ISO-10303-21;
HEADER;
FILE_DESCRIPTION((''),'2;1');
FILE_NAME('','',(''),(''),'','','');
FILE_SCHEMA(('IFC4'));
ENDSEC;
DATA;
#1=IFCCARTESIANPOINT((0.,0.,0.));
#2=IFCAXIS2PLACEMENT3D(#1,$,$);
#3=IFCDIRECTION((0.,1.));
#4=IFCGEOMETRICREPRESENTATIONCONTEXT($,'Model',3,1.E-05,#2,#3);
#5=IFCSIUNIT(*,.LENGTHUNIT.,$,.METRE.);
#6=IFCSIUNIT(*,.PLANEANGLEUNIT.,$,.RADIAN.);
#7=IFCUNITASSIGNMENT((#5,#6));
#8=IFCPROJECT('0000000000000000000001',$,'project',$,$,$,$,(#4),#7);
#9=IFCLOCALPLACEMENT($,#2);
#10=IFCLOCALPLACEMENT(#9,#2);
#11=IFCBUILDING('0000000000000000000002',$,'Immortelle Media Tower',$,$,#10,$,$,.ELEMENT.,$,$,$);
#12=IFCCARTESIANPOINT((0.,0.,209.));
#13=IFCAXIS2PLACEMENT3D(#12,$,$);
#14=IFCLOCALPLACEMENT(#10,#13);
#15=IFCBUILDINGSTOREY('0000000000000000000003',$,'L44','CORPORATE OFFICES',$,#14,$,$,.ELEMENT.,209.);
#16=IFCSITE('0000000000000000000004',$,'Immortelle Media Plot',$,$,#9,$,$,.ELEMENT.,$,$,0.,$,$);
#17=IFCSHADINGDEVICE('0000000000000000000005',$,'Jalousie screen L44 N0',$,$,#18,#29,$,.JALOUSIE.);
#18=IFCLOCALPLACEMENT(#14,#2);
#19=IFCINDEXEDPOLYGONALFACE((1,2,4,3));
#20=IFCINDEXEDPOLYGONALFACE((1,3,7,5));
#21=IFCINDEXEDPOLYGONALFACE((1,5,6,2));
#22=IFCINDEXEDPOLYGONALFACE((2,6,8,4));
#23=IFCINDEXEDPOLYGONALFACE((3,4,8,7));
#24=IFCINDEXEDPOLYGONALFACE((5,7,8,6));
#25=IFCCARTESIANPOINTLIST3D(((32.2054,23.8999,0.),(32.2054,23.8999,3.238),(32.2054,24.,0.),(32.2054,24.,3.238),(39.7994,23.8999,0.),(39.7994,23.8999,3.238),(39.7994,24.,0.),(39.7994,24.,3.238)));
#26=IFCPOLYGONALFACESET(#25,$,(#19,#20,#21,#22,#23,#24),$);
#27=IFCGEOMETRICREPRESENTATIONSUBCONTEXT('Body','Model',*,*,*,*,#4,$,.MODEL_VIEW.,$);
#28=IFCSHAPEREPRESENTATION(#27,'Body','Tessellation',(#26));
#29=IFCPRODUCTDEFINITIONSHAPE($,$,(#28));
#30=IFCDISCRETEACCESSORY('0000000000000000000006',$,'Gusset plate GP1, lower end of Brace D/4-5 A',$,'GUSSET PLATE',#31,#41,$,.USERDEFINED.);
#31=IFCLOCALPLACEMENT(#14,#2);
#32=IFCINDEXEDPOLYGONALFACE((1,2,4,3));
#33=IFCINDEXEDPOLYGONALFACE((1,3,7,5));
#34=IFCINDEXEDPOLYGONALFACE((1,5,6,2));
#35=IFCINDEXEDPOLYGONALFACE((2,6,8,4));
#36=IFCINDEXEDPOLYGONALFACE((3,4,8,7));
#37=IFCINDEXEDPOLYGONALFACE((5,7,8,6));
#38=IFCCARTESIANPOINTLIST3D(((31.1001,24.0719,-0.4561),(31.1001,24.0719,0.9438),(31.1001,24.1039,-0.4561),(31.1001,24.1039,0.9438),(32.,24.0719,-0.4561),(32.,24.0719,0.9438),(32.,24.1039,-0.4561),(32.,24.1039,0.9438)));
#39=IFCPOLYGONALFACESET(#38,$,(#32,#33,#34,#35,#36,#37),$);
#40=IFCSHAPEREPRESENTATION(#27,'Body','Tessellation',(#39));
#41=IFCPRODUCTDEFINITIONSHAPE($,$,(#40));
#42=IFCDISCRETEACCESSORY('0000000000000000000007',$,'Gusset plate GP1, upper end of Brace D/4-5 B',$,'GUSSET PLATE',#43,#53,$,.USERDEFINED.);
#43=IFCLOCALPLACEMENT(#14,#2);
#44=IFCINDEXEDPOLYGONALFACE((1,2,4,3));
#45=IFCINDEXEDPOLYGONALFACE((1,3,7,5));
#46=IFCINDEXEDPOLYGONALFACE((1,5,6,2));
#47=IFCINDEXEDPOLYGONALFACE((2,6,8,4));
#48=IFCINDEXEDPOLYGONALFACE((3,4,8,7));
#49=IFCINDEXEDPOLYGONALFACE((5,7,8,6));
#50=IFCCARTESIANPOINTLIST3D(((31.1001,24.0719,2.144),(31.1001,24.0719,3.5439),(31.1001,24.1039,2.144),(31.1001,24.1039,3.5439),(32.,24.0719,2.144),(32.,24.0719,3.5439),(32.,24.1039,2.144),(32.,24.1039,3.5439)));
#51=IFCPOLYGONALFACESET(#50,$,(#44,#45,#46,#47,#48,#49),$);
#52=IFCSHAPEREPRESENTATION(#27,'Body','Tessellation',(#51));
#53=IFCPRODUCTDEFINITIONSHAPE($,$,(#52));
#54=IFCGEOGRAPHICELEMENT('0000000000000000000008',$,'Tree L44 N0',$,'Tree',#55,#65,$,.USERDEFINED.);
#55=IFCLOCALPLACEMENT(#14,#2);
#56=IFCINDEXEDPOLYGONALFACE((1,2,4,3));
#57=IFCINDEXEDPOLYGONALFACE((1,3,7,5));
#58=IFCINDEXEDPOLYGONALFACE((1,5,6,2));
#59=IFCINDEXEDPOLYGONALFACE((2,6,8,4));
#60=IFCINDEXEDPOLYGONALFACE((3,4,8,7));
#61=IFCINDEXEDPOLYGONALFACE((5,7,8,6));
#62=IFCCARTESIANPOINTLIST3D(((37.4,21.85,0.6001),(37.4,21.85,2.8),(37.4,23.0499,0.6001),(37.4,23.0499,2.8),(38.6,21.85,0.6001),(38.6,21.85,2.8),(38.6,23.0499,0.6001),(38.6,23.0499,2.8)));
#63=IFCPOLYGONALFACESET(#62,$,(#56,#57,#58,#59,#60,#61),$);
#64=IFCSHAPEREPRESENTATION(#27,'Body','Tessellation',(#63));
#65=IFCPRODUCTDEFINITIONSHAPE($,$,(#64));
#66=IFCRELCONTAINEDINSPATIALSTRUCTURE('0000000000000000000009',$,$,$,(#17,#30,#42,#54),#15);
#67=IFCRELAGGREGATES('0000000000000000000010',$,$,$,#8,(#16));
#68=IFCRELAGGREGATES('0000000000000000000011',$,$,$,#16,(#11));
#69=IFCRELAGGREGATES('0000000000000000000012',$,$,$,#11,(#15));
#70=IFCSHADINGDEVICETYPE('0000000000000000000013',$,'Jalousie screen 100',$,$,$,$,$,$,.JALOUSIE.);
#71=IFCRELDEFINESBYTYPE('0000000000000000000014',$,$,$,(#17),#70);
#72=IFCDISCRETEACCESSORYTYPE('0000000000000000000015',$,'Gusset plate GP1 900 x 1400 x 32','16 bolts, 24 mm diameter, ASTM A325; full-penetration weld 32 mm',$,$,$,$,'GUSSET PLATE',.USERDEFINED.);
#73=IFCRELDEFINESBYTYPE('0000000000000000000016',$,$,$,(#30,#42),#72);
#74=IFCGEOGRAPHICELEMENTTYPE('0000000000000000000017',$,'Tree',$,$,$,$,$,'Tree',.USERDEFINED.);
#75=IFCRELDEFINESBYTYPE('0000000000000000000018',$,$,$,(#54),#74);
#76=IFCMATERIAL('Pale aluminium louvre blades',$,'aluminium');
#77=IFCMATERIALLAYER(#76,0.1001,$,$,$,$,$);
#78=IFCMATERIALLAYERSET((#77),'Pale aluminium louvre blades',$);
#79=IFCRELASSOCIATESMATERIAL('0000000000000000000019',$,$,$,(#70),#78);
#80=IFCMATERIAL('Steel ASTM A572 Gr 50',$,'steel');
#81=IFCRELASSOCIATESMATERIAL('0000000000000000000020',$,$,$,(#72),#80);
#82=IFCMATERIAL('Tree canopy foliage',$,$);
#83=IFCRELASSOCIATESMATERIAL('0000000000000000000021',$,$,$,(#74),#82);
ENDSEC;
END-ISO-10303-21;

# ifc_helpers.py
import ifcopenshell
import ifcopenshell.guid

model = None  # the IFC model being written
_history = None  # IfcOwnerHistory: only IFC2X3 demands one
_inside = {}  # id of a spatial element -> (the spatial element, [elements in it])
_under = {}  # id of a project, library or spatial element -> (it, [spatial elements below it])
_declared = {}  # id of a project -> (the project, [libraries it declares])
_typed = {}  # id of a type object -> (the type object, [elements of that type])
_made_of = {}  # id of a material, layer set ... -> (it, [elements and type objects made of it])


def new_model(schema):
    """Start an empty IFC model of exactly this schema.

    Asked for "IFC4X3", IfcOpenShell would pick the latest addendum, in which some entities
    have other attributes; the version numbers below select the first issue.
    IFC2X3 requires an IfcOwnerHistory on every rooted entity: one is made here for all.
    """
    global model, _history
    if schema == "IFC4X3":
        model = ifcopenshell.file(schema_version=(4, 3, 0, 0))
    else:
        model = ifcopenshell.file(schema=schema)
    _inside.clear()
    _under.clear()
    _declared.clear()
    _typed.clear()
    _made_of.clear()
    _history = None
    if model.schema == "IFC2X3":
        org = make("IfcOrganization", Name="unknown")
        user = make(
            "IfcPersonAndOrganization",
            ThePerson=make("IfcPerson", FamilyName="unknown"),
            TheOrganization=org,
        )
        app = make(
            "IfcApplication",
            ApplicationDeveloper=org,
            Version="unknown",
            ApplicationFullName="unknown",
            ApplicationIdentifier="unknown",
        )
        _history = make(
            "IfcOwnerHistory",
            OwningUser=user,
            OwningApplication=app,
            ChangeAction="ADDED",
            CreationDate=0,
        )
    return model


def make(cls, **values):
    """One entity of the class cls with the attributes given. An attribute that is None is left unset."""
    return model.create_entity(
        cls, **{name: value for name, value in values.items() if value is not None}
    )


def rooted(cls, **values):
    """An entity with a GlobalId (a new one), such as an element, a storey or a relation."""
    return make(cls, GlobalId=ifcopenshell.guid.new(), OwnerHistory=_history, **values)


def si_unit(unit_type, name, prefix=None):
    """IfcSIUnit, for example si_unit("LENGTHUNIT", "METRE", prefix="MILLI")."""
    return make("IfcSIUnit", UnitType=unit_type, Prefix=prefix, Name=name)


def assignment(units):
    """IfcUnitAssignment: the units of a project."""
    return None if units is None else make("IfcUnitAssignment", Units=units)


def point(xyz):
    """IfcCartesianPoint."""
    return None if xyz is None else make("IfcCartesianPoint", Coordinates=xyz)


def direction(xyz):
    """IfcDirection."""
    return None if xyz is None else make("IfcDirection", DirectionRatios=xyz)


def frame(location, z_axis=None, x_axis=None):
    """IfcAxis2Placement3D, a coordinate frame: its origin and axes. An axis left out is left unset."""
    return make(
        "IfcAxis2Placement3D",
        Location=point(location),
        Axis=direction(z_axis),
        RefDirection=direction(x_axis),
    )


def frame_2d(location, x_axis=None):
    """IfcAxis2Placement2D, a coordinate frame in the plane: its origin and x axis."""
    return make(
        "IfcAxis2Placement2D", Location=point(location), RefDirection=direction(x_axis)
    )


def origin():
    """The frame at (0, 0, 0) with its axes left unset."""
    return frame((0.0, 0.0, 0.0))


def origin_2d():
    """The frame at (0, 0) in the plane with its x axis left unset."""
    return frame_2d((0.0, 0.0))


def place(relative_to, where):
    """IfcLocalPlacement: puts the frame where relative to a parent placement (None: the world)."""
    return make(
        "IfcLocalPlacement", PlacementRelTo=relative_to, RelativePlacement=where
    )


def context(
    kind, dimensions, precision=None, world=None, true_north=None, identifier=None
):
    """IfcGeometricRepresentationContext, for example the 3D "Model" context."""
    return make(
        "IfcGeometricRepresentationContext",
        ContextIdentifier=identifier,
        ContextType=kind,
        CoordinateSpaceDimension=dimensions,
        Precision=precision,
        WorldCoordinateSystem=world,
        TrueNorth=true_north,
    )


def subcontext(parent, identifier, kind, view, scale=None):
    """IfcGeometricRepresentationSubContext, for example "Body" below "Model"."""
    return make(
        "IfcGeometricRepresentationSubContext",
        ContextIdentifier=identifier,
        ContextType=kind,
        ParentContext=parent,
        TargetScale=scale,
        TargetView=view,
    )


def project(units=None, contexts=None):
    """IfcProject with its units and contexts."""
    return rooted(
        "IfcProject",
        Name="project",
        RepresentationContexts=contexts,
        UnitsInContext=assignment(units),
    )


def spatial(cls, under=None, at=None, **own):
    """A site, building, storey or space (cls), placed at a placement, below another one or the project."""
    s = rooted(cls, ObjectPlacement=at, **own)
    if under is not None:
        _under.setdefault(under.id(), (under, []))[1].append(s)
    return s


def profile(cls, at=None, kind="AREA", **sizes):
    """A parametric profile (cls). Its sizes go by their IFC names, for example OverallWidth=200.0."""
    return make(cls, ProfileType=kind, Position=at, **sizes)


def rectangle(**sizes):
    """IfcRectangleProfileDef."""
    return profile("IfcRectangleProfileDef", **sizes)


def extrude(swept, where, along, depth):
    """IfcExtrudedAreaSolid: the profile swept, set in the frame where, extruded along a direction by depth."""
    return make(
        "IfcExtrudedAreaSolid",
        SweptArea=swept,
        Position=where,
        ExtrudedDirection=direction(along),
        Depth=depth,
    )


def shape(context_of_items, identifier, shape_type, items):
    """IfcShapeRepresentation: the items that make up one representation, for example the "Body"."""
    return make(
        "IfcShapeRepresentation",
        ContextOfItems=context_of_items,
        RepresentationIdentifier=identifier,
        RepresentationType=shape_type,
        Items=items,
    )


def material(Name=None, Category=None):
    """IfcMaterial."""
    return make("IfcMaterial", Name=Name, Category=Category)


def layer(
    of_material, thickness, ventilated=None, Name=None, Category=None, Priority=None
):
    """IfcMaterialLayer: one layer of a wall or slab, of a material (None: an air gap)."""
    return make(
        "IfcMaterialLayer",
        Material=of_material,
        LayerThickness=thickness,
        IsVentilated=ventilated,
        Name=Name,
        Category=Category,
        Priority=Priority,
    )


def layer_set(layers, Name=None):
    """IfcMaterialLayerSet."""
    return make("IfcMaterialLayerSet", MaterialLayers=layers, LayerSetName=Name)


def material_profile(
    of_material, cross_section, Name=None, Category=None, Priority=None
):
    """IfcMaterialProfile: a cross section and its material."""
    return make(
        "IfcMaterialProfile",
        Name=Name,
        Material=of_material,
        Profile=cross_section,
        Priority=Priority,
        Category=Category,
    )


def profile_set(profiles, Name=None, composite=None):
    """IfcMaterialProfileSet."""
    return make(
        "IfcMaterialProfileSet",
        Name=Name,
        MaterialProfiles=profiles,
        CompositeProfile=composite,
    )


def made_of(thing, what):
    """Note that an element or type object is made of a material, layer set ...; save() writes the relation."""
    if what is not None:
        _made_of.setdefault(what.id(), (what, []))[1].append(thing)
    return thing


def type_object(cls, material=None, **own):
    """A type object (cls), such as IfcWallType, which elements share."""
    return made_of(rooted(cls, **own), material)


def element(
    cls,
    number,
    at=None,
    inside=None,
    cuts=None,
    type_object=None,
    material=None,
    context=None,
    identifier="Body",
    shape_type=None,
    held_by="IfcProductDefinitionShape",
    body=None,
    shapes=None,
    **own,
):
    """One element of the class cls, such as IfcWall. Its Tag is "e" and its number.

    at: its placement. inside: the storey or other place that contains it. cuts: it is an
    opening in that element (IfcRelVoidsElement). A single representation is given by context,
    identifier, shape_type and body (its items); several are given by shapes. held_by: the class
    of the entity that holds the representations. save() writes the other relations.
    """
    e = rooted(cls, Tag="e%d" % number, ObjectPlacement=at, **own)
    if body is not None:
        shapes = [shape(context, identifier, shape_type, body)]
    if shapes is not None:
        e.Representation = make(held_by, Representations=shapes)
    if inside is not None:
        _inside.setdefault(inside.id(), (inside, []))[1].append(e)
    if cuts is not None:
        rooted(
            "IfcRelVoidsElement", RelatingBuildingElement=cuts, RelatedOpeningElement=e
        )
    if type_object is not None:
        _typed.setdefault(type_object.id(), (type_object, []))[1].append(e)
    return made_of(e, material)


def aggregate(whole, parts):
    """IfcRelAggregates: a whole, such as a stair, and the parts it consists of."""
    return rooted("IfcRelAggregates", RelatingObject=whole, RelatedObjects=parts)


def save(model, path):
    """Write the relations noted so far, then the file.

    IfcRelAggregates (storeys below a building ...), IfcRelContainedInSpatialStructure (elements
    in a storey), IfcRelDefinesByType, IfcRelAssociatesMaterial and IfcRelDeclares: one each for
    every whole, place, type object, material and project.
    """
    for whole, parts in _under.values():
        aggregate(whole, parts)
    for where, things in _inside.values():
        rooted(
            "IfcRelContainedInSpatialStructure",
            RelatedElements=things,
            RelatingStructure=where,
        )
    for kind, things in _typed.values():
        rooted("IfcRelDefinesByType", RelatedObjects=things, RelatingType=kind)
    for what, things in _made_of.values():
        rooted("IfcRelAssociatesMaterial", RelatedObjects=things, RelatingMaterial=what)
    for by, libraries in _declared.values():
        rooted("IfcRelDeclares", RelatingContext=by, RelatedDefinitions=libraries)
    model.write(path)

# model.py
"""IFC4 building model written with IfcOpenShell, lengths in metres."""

from ifc_helpers import new_model, si_unit, direction, frame, origin, origin_2d, place, context, subcontext, project, spatial, rectangle, extrude, material, layer, layer_set, material_profile, profile_set, type_object, element, save


model = new_model("IFC4")

# Units and contexts
model_context = context("Model", 3, precision=1e-05, world=origin(), true_north=direction((0.0, 1.0)))
body_context = subcontext(model_context, "Body", "Model", "MODEL_VIEW")
ifc_project = project(units=[si_unit("LENGTHUNIT", "METRE"), si_unit("PLANEANGLEUNIT", "RADIAN")], contexts=[model_context])

# Site, building, storey
site_placement = place(None, origin())
site = spatial("IfcSite", under=ifc_project, at=site_placement, Name="Immortelle Media Plot", CompositionType="ELEMENT", RefElevation=0.0)
building_placement = place(site_placement, origin())
building = spatial("IfcBuilding", under=site, at=building_placement, Name="Immortelle Media Tower", CompositionType="ELEMENT")
storey_placement = place(building_placement, frame((0.0, 0.0, 209.0)))
storey = spatial("IfcBuildingStorey", under=building, at=storey_placement, Name="L44", Description="CORPORATE OFFICES", CompositionType="ELEMENT", Elevation=209.0)

# Shading device
ifc_material_1 = material(Name="Pale aluminium louvre blades", Category="aluminium")
ifc_layer_1 = layer(ifc_material_1, 0.1001)
ifc_layer_set_1 = layer_set([ifc_layer_1], Name="Pale aluminium louvre blades")
shading_device_type = type_object("IfcShadingDeviceType", Name="Jalousie screen 100", PredefinedType="JALOUSIE", material=ifc_layer_set_1)
shading_device_placement = place(storey_placement, frame((36.0024, 23.95, 0.0), z_axis=(0.0, 0.0, 1.0), x_axis=(-1.0, 0.0, 0.0)))
element("IfcShadingDevice", 1, at=shading_device_placement, inside=storey, type_object=shading_device_type, Name="Jalousie screen L44 N0", PredefinedType="JALOUSIE", context=body_context, shape_type="SweptSolid", body=[
    extrude(rectangle(XDim=7.594, YDim=0.1001, at=origin_2d()), origin(), (0.0, 0.0, 1.0), 3.238),
])

# Discrete accessories
ifc_material_2 = material(Name="Steel ASTM A572 Gr 50", Category="steel")
ifc_material_profile_1 = material_profile(ifc_material_2, rectangle(XDim=0.032, YDim=1.3999, at=origin_2d()), Name="PL 32 x 1400")
ifc_profile_set_1 = profile_set([ifc_material_profile_1], Name="Steel ASTM A572 Gr 50")
discrete_accessory_type = type_object("IfcDiscreteAccessoryType", Name="Gusset plate GP1 900 x 1400 x 32", Description="16 bolts, 24 mm diameter, ASTM A325; full-penetration weld 32 mm", ElementType="GUSSET PLATE", PredefinedType="USERDEFINED", material=ifc_profile_set_1)
for number, where, z_axis, x_axis, name in (
    (2, (32.0, 24.0879, 0.2439), (-1.0, 0.0, 0.0), (0.0, -1.0, 0.0), "Gusset plate GP1, lower end of Brace D/4-5 A"),
    (3, (32.0, 24.0879, 2.844), (-1.0, 0.0, 0.0), (0.0, -1.0, 0.0), "Gusset plate GP1, upper end of Brace D/4-5 B"),
):
    element("IfcDiscreteAccessory", number, at=place(storey_placement, frame(where, z_axis=z_axis, x_axis=x_axis)), inside=storey, type_object=discrete_accessory_type, Name=name, ObjectType="GUSSET PLATE", PredefinedType="USERDEFINED", context=body_context, shape_type="SweptSolid", body=[
        extrude(rectangle(XDim=0.032, YDim=1.3999, at=origin_2d()), origin(), (0.0, 0.0, 1.0), 0.8999),
    ])

# Geographic element
ifc_material_3 = material(Name="Tree canopy foliage")
geographic_element_type = type_object("IfcGeographicElementType", Name="Tree", ElementType="Tree", PredefinedType="USERDEFINED", material=ifc_material_3)
geographic_element_placement = place(storey_placement, frame((38.0, 22.45, 0.6001), z_axis=(0.0, 0.0, 1.0), x_axis=(1.0, 0.0, 0.0)))
element("IfcGeographicElement", 4, at=geographic_element_placement, inside=storey, type_object=geographic_element_type, Name="Tree L44 N0", ObjectType="Tree", PredefinedType="USERDEFINED", context=body_context, shape_type="SweptSolid", body=[
    extrude(rectangle(XDim=1.2, YDim=1.2, at=origin_2d()), origin(), (0.0, 0.0, 1.0), 2.2),
])

save(model, "model.ifc")
